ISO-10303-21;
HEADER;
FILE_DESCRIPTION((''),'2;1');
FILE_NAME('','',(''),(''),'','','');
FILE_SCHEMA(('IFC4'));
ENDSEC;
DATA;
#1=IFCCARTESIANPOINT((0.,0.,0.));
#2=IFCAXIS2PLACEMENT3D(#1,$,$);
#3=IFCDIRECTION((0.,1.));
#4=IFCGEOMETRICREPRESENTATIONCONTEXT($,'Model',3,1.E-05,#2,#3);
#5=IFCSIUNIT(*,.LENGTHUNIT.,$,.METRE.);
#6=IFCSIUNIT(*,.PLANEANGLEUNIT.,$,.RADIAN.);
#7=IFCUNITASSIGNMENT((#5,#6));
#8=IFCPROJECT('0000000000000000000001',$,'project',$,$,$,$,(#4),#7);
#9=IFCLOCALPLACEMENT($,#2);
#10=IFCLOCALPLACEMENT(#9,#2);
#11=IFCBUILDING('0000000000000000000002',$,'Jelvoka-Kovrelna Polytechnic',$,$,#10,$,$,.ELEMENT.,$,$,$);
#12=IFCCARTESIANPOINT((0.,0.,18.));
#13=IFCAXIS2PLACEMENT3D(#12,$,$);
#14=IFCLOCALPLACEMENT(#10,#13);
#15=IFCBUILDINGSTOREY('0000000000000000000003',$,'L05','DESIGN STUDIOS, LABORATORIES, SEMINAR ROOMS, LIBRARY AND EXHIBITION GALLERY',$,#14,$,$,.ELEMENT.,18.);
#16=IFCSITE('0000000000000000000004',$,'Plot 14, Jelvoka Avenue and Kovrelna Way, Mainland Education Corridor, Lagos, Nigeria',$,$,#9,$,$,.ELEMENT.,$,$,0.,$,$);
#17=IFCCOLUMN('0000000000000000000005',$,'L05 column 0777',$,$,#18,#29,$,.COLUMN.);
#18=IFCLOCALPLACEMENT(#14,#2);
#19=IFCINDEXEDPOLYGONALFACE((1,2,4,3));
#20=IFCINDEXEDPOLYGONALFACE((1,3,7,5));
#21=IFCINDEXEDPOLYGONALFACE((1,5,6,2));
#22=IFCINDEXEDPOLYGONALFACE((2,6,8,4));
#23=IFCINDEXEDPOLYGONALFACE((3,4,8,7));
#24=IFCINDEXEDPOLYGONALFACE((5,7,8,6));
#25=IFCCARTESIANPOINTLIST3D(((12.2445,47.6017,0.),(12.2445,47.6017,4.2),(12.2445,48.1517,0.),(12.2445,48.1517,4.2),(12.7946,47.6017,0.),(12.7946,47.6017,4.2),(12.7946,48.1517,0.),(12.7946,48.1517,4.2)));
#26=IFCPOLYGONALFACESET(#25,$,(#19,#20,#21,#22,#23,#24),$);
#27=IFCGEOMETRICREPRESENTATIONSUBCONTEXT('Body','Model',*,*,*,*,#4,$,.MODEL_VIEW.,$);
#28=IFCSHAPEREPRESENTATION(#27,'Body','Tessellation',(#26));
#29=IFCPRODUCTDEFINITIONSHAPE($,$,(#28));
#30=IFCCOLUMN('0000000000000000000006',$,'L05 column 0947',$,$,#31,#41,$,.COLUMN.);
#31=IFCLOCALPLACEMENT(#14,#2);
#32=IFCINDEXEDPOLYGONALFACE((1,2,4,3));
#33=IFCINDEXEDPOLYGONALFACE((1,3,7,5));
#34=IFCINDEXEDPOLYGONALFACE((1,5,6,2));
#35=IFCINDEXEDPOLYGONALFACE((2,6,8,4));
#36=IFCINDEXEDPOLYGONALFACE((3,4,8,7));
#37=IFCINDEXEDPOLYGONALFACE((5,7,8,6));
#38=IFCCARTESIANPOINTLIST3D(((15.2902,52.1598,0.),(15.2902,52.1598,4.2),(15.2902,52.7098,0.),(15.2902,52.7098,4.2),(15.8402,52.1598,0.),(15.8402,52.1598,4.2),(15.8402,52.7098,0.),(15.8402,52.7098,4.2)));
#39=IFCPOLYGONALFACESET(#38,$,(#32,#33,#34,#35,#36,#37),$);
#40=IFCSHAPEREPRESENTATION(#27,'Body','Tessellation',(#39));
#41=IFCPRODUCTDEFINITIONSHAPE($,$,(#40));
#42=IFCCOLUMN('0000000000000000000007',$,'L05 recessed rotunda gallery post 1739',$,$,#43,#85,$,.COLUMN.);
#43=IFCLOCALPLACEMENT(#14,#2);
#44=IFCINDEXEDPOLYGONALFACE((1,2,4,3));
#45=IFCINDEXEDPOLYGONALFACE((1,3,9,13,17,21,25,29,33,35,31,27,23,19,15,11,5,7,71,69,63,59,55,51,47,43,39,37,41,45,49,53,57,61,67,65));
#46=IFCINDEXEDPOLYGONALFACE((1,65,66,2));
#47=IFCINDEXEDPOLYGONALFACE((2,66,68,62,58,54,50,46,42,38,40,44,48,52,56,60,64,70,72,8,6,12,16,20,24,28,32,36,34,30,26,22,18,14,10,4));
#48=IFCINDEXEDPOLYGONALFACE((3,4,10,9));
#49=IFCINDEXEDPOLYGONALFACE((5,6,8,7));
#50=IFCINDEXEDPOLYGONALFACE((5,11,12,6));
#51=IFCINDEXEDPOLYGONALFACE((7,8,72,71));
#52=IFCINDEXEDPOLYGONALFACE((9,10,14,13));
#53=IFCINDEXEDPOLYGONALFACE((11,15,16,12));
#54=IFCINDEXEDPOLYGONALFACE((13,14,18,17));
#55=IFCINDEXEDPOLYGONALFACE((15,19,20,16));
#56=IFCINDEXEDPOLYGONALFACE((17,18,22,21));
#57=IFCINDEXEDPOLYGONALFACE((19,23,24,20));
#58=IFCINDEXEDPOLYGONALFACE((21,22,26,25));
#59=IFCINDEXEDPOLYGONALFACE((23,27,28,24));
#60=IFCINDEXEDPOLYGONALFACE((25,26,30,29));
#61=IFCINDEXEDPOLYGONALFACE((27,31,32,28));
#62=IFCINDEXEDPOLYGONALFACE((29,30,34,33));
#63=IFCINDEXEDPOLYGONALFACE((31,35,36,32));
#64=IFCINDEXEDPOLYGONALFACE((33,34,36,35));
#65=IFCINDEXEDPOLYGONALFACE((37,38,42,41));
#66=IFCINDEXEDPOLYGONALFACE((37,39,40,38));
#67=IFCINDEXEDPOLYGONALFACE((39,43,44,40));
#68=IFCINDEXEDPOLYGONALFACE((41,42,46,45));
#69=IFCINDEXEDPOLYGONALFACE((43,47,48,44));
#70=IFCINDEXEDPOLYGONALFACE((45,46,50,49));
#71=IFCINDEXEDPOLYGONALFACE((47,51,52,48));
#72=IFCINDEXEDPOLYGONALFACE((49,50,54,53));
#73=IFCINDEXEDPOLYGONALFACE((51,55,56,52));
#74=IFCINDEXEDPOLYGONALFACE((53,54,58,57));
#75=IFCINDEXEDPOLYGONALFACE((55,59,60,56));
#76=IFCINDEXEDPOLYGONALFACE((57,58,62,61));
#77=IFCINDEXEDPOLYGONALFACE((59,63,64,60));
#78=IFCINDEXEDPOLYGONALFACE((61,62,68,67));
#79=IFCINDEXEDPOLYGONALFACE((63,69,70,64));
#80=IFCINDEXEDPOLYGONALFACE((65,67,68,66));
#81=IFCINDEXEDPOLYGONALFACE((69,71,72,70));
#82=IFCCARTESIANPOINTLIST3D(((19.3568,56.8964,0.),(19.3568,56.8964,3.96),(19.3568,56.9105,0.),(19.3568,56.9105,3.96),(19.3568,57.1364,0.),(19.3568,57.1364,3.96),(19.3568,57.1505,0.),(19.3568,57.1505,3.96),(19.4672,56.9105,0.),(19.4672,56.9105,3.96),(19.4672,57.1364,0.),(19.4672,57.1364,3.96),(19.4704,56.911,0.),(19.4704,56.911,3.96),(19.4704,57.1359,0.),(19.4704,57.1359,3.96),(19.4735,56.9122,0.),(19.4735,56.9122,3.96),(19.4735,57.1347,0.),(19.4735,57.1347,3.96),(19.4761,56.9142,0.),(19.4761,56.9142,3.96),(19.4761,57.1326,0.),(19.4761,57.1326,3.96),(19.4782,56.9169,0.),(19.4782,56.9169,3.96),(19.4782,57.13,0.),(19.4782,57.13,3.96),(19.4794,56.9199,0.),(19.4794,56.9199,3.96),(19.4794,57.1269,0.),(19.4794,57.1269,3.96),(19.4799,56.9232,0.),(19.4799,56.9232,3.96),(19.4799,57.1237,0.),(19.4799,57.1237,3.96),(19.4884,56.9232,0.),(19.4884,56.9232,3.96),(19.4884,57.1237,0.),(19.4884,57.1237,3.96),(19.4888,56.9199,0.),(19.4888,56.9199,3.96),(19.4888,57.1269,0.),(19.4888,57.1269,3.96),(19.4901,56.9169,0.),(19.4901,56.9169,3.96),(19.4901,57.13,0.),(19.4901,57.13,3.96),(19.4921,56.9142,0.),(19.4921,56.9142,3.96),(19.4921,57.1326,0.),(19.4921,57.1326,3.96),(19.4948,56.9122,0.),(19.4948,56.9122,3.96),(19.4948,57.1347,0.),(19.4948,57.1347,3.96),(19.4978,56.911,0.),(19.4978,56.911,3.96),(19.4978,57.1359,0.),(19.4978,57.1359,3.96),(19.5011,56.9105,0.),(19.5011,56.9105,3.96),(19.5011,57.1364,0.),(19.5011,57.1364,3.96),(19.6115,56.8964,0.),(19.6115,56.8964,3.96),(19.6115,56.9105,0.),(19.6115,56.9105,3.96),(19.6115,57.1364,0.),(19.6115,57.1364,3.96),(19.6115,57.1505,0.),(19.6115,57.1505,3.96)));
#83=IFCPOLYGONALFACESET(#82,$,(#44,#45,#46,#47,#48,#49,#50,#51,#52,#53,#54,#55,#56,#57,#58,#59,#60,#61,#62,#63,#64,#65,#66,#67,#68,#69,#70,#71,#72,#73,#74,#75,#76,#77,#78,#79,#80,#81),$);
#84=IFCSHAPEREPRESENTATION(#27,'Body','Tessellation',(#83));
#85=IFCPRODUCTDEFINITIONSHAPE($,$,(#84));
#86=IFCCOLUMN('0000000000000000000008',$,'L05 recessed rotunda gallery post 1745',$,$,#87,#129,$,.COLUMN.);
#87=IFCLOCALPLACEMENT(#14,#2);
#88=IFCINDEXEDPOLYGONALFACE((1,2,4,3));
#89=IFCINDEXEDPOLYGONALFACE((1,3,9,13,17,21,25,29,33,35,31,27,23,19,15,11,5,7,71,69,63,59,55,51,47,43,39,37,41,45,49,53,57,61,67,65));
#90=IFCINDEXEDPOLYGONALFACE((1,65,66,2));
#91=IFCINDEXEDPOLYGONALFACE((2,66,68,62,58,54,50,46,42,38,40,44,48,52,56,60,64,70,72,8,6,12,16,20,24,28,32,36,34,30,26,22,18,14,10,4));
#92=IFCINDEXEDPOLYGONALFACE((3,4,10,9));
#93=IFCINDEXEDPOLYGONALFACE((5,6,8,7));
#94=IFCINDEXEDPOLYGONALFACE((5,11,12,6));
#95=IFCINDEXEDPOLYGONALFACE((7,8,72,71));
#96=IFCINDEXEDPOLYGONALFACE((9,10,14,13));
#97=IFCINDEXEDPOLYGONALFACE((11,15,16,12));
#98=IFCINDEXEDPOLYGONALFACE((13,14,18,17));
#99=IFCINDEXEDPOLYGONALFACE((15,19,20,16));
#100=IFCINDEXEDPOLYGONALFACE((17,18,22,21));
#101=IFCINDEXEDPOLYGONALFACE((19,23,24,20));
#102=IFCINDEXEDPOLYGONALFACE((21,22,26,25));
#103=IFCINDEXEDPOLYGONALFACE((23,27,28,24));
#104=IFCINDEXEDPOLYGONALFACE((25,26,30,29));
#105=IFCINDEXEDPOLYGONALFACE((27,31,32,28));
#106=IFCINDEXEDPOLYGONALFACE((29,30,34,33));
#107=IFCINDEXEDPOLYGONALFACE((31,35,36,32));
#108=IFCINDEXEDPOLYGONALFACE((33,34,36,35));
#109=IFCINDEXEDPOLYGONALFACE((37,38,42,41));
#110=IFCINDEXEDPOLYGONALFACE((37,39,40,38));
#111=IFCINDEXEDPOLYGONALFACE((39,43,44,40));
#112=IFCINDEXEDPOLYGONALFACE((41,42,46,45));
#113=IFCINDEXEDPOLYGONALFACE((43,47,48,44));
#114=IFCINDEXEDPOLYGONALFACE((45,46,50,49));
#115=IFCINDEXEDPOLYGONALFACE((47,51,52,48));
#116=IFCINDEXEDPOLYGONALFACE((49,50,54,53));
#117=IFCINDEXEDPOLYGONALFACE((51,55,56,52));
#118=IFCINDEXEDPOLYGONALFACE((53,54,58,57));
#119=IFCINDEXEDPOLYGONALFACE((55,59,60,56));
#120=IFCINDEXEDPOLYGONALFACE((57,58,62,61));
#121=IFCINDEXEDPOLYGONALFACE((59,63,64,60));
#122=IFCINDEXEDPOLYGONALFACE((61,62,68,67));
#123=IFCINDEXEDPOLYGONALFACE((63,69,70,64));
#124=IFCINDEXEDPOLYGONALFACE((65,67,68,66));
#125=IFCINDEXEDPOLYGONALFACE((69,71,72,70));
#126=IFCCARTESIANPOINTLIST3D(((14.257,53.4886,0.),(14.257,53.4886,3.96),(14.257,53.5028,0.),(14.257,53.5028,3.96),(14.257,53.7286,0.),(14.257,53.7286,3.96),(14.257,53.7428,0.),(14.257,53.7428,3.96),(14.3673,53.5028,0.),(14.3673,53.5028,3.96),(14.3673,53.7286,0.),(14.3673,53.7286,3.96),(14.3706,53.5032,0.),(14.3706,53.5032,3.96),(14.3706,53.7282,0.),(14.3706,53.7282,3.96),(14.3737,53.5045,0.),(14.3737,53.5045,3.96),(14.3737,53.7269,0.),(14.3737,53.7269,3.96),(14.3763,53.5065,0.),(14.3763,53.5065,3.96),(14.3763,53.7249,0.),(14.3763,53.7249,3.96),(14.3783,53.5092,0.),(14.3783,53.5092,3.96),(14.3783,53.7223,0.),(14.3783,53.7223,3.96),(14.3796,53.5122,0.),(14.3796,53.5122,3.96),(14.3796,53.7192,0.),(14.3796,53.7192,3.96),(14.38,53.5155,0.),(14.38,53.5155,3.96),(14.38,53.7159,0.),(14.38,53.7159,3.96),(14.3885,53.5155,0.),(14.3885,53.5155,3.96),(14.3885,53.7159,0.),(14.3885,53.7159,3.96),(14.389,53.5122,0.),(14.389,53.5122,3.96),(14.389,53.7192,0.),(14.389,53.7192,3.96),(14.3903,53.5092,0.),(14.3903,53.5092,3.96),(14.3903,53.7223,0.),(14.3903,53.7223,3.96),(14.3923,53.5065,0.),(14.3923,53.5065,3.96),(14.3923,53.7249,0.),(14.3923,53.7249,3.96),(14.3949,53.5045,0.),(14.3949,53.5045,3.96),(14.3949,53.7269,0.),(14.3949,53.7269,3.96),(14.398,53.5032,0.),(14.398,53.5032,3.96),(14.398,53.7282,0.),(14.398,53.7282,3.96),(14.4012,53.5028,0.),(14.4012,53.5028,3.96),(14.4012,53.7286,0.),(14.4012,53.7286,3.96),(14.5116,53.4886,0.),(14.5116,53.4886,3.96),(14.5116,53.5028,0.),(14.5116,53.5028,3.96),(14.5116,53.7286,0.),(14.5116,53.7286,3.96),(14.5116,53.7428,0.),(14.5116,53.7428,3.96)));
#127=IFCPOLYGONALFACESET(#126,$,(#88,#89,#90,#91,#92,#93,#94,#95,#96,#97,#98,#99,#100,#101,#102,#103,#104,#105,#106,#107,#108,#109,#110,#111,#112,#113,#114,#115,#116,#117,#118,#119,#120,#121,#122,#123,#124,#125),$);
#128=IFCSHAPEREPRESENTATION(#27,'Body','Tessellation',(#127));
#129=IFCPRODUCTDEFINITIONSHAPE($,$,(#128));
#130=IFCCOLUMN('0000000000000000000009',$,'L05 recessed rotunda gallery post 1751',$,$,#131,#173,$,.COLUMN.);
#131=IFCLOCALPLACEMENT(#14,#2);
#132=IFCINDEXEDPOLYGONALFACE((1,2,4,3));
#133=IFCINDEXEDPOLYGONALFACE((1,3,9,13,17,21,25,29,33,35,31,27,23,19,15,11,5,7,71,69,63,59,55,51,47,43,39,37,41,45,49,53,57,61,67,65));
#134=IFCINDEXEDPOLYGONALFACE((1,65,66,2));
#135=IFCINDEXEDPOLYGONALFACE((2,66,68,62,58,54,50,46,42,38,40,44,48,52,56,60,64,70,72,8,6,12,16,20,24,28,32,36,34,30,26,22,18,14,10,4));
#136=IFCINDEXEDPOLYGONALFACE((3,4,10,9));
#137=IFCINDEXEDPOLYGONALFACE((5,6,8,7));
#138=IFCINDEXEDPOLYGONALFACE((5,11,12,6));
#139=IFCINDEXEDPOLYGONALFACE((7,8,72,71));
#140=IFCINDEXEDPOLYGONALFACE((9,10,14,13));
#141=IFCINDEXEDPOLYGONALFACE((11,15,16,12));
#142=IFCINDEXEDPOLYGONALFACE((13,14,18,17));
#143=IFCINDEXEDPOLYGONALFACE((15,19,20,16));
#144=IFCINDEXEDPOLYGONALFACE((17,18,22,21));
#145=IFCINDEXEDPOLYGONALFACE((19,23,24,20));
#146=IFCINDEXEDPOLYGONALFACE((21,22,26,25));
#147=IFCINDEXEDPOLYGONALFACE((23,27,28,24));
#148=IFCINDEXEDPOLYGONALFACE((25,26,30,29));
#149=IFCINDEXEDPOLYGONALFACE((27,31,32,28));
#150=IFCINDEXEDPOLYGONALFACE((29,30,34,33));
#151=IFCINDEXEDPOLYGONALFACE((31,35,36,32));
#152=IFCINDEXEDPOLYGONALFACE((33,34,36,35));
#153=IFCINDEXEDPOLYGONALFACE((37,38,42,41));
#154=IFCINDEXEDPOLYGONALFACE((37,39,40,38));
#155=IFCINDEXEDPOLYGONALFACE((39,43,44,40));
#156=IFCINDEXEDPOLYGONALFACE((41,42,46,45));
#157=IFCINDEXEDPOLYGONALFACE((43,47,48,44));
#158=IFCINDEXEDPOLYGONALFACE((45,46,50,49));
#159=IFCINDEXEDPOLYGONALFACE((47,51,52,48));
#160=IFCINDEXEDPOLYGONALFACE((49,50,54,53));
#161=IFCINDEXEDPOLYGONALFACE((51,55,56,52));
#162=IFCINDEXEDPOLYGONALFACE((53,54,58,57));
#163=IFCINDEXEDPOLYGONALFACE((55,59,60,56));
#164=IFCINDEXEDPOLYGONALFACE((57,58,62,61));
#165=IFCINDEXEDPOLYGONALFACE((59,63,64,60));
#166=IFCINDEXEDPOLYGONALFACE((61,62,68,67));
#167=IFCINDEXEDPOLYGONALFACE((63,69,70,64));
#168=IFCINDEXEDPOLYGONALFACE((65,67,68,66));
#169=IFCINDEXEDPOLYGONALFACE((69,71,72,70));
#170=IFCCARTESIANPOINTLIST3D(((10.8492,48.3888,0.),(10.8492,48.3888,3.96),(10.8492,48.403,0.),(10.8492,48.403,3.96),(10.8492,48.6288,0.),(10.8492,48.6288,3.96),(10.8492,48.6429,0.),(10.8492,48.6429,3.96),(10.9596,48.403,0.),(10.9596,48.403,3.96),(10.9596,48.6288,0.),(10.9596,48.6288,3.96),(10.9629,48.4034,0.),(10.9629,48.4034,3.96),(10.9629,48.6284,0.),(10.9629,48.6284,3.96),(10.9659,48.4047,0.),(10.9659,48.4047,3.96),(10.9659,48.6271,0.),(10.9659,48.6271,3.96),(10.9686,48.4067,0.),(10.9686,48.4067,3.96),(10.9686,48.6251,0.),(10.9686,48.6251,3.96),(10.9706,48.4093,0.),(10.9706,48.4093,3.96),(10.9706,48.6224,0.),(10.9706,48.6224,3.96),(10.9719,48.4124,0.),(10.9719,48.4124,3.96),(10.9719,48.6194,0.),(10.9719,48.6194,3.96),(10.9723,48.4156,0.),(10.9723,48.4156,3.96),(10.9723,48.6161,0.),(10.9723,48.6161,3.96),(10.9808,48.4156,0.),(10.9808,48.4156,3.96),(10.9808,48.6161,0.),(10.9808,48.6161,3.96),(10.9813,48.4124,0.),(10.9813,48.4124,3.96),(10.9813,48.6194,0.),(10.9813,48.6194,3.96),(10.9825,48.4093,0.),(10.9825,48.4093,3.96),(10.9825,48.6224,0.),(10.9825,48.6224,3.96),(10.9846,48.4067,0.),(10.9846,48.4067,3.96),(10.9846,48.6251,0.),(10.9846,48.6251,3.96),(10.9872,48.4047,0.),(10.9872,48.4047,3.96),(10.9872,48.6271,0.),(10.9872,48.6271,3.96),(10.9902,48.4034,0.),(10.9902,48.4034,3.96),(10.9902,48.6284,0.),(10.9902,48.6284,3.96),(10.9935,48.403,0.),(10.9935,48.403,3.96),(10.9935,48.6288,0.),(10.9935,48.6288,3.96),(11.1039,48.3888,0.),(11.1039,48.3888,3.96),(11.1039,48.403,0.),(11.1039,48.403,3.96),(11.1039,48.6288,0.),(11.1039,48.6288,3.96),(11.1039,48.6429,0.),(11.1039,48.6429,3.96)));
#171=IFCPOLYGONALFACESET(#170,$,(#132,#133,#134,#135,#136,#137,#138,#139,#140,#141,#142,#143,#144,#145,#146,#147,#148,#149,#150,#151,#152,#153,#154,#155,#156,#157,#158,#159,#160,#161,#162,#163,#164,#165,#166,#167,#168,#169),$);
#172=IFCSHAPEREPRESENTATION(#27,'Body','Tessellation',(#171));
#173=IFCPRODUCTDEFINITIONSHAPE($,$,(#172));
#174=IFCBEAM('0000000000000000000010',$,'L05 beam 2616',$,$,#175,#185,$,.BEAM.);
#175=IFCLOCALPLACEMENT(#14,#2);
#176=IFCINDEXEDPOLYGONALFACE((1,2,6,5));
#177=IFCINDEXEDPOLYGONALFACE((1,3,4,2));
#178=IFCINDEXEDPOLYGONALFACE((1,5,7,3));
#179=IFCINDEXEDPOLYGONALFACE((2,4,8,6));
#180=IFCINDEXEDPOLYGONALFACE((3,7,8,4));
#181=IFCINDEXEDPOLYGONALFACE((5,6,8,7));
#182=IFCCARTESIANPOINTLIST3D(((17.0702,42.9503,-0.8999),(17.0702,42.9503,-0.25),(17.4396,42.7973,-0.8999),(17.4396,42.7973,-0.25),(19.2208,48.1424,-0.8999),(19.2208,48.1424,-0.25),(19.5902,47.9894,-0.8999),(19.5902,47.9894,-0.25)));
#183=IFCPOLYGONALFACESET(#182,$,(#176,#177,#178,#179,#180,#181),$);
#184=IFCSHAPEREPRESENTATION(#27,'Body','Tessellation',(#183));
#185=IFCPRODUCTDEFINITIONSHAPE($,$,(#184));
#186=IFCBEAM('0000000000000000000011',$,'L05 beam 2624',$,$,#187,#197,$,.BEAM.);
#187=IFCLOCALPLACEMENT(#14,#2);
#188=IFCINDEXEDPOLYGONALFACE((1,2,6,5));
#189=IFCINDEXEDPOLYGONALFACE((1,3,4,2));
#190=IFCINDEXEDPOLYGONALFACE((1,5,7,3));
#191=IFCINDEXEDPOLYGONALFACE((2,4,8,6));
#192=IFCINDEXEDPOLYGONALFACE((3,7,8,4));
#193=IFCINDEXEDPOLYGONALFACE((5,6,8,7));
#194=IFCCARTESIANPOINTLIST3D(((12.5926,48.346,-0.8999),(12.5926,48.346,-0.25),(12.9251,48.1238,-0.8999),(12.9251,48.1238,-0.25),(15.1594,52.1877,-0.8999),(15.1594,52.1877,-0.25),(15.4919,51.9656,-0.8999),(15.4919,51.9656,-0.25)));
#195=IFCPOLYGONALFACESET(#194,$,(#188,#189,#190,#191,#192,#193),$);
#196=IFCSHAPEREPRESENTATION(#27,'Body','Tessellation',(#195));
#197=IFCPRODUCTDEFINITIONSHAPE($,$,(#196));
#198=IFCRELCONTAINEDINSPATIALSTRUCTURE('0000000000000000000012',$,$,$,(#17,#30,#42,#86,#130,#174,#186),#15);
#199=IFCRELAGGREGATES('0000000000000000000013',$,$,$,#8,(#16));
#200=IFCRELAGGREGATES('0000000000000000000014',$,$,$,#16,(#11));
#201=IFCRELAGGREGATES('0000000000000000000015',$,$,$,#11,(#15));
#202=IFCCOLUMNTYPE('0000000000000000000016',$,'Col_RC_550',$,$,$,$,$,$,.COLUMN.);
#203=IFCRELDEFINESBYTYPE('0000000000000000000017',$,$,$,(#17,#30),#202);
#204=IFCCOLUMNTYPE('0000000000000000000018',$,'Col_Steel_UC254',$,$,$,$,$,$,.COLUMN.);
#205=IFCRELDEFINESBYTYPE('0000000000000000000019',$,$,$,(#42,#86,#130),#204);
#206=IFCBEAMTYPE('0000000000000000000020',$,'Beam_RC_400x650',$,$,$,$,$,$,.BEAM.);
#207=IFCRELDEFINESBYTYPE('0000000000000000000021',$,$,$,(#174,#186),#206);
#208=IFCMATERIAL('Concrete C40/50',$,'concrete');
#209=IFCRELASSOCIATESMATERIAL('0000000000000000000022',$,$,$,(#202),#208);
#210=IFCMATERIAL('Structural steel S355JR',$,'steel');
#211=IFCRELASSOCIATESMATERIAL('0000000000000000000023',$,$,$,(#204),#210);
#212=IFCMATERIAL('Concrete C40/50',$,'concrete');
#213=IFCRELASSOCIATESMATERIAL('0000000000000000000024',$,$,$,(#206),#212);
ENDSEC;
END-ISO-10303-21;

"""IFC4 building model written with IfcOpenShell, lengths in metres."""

from ifc_helpers import new_model, si_unit, direction, frame, origin, origin_2d, place, context, subcontext, project, spatial, rectangle, i_section, extrude, material, material_profile, profile_set, type_object, element, save


model = new_model("IFC4")

# Units and contexts
model_context = context("Model", 3, precision=1e-05, world=origin(), true_north=direction((0.0, 1.0)))
body_context = subcontext(model_context, "Body", "Model", "MODEL_VIEW")
ifc_project = project(units=[si_unit("LENGTHUNIT", "METRE"), si_unit("PLANEANGLEUNIT", "RADIAN")], contexts=[model_context])

# Site, building, storey
site_placement = place(None, origin())
site = spatial("IfcSite", under=ifc_project, at=site_placement, Name="Plot 14, Jelvoka Avenue and Kovrelna Way, Mainland Education Corridor, Lagos, Nigeria", CompositionType="ELEMENT", RefElevation=0.0)
building_placement = place(site_placement, origin())
building = spatial("IfcBuilding", under=site, at=building_placement, Name="Jelvoka-Kovrelna Polytechnic", CompositionType="ELEMENT")
storey_placement = place(building_placement, frame((0.0, 0.0, 18.0)))
storey = spatial("IfcBuildingStorey", under=building, at=storey_placement, Name="L05", Description="DESIGN STUDIOS, LABORATORIES, SEMINAR ROOMS, LIBRARY AND EXHIBITION GALLERY", CompositionType="ELEMENT", Elevation=18.0)

# Columns
ifc_material_1 = material(Name="Concrete C40/50", Category="concrete")
ifc_material_profile_1 = material_profile(ifc_material_1, rectangle(XDim=0.55, YDim=0.55, at=origin_2d()), Name="RC 550x550")
ifc_profile_set_1 = profile_set([ifc_material_profile_1], Name="Concrete C40/50")
column_type_1 = type_object("IfcColumnType", Name="Col_RC_550", PredefinedType="COLUMN", material=ifc_profile_set_1)
for number, where, z_axis, x_axis, name in (
    (1, (12.5195, 47.8767, 0.0), (0.0, 0.0, 1.0), (1.0, 0.0, 0.0), "L05 column 0777"),
    (2, (15.5652, 52.4348, 0.0), (0.0, 0.0, 1.0), (1.0, 0.0, 0.0), "L05 column 0947"),
):
    element("IfcColumn", number, at=place(storey_placement, frame(where, z_axis=z_axis, x_axis=x_axis)), inside=storey, type_object=column_type_1, Name=name, PredefinedType="COLUMN", context=body_context, shape_type="SweptSolid", body=[
        extrude(rectangle(XDim=0.55, YDim=0.55, at=origin_2d()), origin(), (0.0, 0.0, 1.0), 4.2),
    ])
ifc_material_2 = material(Name="Structural steel S355JR", Category="steel")
ifc_material_profile_2 = material_profile(ifc_material_2, i_section(OverallWidth=0.2546, OverallDepth=0.2542, WebThickness=0.0085, FlangeThickness=0.0142, FilletRadius=0.0127, at=origin_2d()), Name="254x254x73 UC")
ifc_profile_set_2 = profile_set([ifc_material_profile_2], Name="Structural steel S355JR")
column_type_2 = type_object("IfcColumnType", Name="Col_Steel_UC254", PredefinedType="COLUMN", material=ifc_profile_set_2)
for number, where, z_axis, x_axis, name in (
    (3, (19.4841, 57.0234, 0.0), (0.0, 0.0, 1.0), (1.0, 0.0, 0.0), "L05 recessed rotunda gallery post 1739"),
    (4, (14.3843, 53.6157, 0.0), (0.0, 0.0, 1.0), (1.0, 0.0, 0.0), "L05 recessed rotunda gallery post 1745"),
    (5, (10.9766, 48.5159, 0.0), (0.0, 0.0, 1.0), (1.0, 0.0, 0.0), "L05 recessed rotunda gallery post 1751"),
):
    element("IfcColumn", number, at=place(storey_placement, frame(where, z_axis=z_axis, x_axis=x_axis)), inside=storey, type_object=column_type_2, Name=name, PredefinedType="COLUMN", context=body_context, shape_type="SweptSolid", body=[
        extrude(i_section(OverallWidth=0.2546, OverallDepth=0.2542, WebThickness=0.0085, FlangeThickness=0.0142, FilletRadius=0.0127, at=origin_2d()), origin(), (0.0, 0.0, 1.0), 3.96),
    ])

# Beams
ifc_material_3 = material(Name="Concrete C40/50", Category="concrete")
ifc_material_profile_3 = material_profile(ifc_material_3, rectangle(XDim=0.3999, YDim=0.6499, at=origin_2d()), Name="RC 400x650")
ifc_profile_set_3 = profile_set([ifc_material_profile_3], Name="Concrete C40/50")
beam_type_1 = type_object("IfcBeamType", Name="Beam_RC_400x650", PredefinedType="BEAM", material=ifc_profile_set_3)
beam_1_placement = place(storey_placement, frame((19.4055, 48.0659, -0.575), z_axis=(-0.38268, -0.923881, 0.0), x_axis=(0.923881, -0.38268, 0.0)))
element("IfcBeam", 6, at=beam_1_placement, inside=storey, type_object=beam_type_1, Name="L05 beam 2616", PredefinedType="BEAM", context=body_context, shape_type="SweptSolid", body=[
    extrude(rectangle(XDim=0.3999, YDim=0.6499, at=origin_2d()), origin(), (0.0, 0.0, 1.0), 5.6199),
])
beam_2_placement = place(storey_placement, frame((15.3257, 52.0767, -0.575), z_axis=(-0.555553, -0.831481, 0.0), x_axis=(0.831481, -0.555553, 0.0)))
element("IfcBeam", 7, at=beam_2_placement, inside=storey, type_object=beam_type_1, Name="L05 beam 2624", PredefinedType="BEAM", context=body_context, shape_type="SweptSolid", body=[
    extrude(rectangle(XDim=0.3999, YDim=0.6499, at=origin_2d()), origin(), (0.0, 0.0, 1.0), 4.6204),
])

save(model, "model.ifc")
